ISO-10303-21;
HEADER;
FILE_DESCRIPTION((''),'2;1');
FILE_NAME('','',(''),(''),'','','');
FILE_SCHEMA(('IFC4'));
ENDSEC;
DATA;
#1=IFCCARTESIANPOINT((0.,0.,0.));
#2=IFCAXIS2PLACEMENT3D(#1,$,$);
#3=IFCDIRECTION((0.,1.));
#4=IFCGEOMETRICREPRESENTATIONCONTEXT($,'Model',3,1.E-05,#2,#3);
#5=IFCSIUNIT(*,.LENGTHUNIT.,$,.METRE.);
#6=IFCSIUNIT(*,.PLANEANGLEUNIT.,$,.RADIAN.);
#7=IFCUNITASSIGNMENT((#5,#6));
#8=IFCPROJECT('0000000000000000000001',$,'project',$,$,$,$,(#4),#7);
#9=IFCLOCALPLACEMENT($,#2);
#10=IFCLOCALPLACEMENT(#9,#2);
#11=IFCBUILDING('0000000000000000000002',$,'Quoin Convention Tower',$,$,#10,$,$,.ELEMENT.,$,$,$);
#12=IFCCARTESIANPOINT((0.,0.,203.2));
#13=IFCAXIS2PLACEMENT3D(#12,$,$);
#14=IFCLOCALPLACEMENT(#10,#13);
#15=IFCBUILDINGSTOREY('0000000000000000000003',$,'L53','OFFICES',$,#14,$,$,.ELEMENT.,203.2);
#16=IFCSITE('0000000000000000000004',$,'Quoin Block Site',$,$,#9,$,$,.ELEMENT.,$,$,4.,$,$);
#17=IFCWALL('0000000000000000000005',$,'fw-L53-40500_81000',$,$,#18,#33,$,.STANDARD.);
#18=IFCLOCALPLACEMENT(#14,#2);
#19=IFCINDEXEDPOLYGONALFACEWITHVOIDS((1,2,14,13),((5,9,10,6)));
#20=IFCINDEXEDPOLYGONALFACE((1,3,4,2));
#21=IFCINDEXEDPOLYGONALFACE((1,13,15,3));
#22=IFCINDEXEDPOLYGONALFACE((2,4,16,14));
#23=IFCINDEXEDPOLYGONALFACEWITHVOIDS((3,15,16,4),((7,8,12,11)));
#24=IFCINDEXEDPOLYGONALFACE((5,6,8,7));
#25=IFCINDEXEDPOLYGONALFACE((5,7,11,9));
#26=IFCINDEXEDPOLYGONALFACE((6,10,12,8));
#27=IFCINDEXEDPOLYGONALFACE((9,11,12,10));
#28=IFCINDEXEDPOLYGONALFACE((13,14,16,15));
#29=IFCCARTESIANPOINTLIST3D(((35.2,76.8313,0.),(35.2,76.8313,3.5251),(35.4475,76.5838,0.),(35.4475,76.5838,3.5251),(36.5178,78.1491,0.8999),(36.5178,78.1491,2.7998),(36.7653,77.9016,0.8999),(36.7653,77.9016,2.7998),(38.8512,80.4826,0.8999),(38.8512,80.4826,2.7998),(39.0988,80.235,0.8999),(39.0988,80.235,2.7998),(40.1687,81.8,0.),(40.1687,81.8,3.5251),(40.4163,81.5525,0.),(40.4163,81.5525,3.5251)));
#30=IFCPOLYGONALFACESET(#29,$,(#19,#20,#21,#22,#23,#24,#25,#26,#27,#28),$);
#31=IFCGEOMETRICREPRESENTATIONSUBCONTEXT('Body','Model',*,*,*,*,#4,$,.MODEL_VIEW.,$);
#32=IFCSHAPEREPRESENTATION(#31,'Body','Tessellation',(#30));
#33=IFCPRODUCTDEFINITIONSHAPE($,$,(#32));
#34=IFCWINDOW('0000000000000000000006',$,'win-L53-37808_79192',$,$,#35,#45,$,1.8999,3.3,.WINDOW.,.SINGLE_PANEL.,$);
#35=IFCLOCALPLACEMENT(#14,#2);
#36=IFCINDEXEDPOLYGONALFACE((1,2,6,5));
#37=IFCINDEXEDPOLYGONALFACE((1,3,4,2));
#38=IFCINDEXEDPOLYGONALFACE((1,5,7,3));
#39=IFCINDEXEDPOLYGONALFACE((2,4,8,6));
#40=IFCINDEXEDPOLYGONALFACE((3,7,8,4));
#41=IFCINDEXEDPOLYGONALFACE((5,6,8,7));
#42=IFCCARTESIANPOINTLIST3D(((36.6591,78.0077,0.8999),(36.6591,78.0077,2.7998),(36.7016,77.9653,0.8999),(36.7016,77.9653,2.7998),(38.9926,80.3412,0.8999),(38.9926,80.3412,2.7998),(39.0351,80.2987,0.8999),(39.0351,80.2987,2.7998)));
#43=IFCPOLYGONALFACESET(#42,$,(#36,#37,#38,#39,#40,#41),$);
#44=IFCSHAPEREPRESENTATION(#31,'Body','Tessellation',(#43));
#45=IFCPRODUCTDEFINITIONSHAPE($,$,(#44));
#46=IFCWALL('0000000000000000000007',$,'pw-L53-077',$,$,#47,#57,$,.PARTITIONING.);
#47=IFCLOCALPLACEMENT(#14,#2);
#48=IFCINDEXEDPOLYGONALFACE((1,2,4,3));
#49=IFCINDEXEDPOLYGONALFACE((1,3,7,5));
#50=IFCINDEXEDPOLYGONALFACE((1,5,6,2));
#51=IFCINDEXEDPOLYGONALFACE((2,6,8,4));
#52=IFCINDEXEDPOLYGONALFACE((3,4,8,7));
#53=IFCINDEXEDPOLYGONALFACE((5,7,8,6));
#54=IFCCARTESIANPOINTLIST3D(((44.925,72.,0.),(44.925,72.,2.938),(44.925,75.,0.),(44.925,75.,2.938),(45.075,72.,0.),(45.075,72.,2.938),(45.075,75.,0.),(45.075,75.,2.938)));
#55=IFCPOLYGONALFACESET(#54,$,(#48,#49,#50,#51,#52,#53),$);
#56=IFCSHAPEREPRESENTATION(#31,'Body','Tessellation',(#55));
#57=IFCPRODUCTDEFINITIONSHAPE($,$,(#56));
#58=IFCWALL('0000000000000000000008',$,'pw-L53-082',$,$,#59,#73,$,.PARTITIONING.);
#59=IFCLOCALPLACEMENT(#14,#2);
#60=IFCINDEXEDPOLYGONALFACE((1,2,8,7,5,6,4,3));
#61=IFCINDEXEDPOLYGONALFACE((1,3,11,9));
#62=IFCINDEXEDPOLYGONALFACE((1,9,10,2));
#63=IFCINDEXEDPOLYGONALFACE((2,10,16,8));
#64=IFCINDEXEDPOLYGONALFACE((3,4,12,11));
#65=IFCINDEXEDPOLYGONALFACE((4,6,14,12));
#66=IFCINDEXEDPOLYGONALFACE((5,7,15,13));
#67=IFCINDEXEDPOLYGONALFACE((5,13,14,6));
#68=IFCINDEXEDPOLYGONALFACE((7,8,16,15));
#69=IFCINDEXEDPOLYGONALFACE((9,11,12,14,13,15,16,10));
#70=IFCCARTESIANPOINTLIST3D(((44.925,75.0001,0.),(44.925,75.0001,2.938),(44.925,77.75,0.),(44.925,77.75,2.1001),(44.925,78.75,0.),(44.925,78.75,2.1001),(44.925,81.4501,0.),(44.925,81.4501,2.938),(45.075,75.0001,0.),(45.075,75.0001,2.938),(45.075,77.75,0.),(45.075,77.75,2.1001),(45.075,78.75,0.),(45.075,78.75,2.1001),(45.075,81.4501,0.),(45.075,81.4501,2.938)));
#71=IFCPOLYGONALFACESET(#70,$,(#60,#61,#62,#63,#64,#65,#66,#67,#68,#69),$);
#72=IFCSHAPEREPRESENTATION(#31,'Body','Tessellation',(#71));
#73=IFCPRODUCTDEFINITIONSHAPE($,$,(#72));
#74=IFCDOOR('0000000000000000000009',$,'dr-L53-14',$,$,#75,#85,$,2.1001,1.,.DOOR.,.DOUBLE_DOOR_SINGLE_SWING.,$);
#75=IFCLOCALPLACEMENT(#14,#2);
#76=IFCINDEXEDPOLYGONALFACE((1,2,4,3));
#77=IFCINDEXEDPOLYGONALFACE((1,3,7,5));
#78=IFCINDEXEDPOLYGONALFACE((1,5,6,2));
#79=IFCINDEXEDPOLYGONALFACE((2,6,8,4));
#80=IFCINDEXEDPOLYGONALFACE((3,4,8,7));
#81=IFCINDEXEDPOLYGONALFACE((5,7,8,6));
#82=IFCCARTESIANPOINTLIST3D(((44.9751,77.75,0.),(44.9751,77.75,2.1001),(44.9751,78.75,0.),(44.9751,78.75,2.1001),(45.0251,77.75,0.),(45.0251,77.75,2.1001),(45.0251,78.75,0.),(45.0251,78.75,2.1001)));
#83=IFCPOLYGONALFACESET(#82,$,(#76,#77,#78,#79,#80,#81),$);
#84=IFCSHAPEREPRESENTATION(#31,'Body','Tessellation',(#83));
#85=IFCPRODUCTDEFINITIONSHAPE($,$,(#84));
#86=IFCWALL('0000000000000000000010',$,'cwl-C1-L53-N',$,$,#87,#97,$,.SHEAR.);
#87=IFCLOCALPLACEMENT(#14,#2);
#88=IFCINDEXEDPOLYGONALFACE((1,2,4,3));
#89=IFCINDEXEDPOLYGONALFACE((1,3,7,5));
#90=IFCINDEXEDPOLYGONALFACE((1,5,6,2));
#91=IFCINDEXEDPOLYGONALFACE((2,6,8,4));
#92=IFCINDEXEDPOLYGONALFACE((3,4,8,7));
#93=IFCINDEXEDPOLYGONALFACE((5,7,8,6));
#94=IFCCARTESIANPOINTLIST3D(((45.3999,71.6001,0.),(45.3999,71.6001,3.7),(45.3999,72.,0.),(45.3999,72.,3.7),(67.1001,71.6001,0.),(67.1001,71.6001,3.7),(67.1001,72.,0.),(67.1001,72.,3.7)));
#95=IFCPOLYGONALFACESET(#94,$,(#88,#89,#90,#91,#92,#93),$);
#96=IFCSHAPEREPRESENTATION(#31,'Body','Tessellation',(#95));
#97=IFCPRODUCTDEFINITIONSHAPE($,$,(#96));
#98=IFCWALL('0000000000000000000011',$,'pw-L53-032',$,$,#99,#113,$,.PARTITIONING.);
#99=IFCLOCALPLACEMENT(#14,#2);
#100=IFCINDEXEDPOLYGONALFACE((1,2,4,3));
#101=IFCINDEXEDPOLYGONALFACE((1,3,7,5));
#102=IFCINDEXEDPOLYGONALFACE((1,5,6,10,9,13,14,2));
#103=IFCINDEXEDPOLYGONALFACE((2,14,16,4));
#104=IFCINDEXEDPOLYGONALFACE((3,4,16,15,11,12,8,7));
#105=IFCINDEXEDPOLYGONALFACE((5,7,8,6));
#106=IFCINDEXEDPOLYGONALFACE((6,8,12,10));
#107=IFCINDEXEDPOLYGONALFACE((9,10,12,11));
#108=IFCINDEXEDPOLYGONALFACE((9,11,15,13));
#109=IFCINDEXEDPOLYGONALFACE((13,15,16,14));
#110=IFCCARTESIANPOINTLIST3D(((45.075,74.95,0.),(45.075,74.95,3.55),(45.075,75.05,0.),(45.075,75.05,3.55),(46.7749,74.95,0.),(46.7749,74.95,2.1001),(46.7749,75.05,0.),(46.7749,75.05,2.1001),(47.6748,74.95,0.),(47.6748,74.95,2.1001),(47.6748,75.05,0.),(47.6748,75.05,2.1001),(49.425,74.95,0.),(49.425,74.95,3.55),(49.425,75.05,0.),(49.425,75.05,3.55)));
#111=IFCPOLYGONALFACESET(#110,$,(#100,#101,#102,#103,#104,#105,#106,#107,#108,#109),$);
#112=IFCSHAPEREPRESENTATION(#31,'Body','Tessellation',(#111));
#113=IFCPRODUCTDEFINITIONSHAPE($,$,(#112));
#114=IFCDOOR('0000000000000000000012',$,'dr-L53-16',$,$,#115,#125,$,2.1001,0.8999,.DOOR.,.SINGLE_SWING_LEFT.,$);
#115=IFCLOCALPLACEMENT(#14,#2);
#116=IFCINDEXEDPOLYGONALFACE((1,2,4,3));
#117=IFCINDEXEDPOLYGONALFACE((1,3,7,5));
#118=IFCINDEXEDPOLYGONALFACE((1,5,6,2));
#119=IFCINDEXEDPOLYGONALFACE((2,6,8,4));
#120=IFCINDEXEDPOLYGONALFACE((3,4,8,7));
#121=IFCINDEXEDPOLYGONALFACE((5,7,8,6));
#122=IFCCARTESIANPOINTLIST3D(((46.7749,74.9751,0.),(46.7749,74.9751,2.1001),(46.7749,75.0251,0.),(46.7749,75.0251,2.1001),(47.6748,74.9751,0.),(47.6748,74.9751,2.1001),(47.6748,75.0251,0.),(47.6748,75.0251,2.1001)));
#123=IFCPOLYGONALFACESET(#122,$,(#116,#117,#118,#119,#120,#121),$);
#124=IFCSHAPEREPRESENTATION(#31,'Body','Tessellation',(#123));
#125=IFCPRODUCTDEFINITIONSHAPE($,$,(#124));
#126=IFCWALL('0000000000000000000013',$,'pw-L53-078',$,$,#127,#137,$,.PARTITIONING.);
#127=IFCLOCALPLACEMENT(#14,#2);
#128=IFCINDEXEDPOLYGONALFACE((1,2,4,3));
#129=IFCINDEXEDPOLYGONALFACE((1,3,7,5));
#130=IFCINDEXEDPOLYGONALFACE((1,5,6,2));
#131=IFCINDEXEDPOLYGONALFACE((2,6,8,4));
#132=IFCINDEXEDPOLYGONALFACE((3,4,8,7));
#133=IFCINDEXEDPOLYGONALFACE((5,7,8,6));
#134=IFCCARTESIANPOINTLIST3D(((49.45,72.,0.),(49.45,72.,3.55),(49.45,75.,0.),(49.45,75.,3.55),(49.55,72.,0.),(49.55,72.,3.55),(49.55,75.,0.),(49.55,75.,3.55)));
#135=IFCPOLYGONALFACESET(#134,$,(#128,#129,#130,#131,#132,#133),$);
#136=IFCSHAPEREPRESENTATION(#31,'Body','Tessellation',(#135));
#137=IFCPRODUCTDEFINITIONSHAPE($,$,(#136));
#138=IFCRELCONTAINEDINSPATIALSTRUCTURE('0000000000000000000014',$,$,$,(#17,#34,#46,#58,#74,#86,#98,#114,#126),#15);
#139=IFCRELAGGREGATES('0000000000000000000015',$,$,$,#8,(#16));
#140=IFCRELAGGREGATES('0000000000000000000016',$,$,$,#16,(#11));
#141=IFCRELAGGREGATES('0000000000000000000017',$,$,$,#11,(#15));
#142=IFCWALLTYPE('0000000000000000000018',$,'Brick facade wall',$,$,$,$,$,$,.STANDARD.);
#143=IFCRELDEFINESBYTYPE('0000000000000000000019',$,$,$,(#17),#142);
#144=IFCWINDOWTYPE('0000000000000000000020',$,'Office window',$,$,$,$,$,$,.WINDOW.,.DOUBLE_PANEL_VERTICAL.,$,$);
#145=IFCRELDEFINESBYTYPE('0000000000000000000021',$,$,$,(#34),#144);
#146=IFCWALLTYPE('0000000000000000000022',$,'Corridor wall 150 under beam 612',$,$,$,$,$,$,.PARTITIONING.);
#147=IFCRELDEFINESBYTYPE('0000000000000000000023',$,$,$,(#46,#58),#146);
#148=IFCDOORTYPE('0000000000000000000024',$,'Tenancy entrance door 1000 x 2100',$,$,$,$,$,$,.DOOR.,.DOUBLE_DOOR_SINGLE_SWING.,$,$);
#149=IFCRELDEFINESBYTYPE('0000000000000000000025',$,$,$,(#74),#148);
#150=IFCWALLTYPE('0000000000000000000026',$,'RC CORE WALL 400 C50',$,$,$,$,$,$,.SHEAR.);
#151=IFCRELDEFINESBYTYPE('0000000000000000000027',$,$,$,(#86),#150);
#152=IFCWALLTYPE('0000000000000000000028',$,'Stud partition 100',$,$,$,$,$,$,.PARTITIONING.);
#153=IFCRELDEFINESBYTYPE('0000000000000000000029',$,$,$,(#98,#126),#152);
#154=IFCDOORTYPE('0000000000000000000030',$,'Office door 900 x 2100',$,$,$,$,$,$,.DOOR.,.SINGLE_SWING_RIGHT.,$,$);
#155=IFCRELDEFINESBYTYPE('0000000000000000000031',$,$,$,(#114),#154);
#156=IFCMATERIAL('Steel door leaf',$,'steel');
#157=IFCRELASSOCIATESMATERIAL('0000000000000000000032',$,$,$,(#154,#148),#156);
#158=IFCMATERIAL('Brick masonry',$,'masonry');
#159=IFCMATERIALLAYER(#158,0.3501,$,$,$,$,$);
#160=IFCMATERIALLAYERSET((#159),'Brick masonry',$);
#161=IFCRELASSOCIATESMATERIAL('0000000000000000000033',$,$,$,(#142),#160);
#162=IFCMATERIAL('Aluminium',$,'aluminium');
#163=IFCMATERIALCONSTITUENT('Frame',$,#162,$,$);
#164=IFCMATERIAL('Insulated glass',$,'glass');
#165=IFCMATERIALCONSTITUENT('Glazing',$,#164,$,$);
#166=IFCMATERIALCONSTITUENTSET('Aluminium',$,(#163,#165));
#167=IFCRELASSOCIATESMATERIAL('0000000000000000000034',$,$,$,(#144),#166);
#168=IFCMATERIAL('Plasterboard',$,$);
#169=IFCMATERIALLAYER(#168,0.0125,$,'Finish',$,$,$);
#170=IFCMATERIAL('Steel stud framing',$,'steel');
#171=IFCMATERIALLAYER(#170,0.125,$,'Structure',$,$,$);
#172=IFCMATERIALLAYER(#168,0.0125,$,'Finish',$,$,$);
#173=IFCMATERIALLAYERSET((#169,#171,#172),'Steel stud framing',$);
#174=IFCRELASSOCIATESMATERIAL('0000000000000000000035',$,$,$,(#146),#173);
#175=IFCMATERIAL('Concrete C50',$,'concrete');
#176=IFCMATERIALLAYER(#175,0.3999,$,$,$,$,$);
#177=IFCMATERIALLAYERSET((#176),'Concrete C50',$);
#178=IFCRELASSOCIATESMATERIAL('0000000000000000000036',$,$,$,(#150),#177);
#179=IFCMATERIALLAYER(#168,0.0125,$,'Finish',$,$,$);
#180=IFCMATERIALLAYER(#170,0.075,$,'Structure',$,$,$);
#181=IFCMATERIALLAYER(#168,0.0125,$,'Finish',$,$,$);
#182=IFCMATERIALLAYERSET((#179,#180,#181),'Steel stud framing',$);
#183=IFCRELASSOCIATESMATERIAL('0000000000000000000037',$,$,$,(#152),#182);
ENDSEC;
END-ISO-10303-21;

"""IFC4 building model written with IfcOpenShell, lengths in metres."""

from ifc_helpers import new_model, si_unit, direction, frame, frame_2d, origin, place, context, subcontext, project, spatial, rectangle, extrude, material, layer, layer_set, constituent, constituent_set, type_object, element, fill, save


model = new_model("IFC4")

# Units and contexts
model_context = context("Model", 3, precision=1e-05, world=origin(), true_north=direction((0.0, 1.0)))
body_context = subcontext(model_context, "Body", "Model", "MODEL_VIEW")
ifc_project = project(units=[si_unit("LENGTHUNIT", "METRE"), si_unit("PLANEANGLEUNIT", "RADIAN")], contexts=[model_context])

# Site, building, storey
site_placement = place(None, origin())
site = spatial("IfcSite", under=ifc_project, at=site_placement, Name="Quoin Block Site", CompositionType="ELEMENT", RefElevation=4.0)
building_placement = place(site_placement, origin())
building = spatial("IfcBuilding", under=site, at=building_placement, Name="Quoin Convention Tower", CompositionType="ELEMENT")
storey_placement = place(building_placement, frame((0.0, 0.0, 203.2)))
storey = spatial("IfcBuildingStorey", under=building, at=storey_placement, Name="L53", Description="OFFICES", CompositionType="ELEMENT", Elevation=203.2)

# Shared definitions
ifc_material_1 = material(Name="Concrete C50", Category="concrete")

# Shared definitions
ifc_material_2 = material(Name="Plasterboard")
ifc_material_3 = material(Name="Steel stud framing", Category="steel")
ifc_material_4 = material(Name="Steel door leaf", Category="steel")
door_type_1 = type_object("IfcDoorType", Name="Office door 900 x 2100", OperationType="SINGLE_SWING_RIGHT", PredefinedType="DOOR", material=ifc_material_4)

# Wall, opening, window
ifc_material_5 = material(Name="Brick masonry", Category="masonry")
ifc_layer_1 = layer(ifc_material_5, 0.3501)
ifc_layer_set_1 = layer_set([ifc_layer_1], Name="Brick masonry")
wall_type_1 = type_object("IfcWallType", Name="Brick facade wall", PredefinedType="STANDARD", material=ifc_layer_set_1)
wall_1_placement = place(storey_placement, frame((40.2925, 81.6763, 0.0), z_axis=(0.0, 0.0, 1.0), x_axis=(-0.707107, -0.707107, 0.0)))
wall_1 = element("IfcWall", 1, at=wall_1_placement, inside=storey, type_object=wall_type_1, Name="fw-L53-40500_81000", PredefinedType="STANDARD", context=body_context, shape_type="SweptSolid", body=[
    extrude(rectangle(XDim=7.0269, YDim=0.3501, at=frame_2d((3.5134, 0.0))), origin(), (0.0, 0.0, 1.0), 3.5251),
])
opening_1_placement = place(wall_1_placement, frame((1.8633, 0.0, 0.8999)))
opening_1 = element("IfcOpeningElement", 2, at=opening_1_placement, cuts=wall_1, PredefinedType="OPENING", context=body_context, shape_type="SweptSolid", body=[
    extrude(rectangle(XDim=3.3, YDim=1.8999, at=frame_2d((1.6499, 0.95))), frame((0.0, 0.1851, 0.0), z_axis=(0.0, -1.0, 0.0), x_axis=(1.0, 0.0, 0.0)), (0.0, 0.0, 1.0), 0.3701),
])
ifc_material_6 = material(Name="Aluminium", Category="aluminium")
ifc_constituent_1 = constituent(ifc_material_6, Name="Frame")
ifc_material_7 = material(Name="Insulated glass", Category="glass")
ifc_constituent_2 = constituent(ifc_material_7, Name="Glazing")
ifc_constituent_set = constituent_set(constituents=[ifc_constituent_1, ifc_constituent_2], Name="Aluminium")
window_type = type_object("IfcWindowType", Name="Office window", PartitioningType="DOUBLE_PANEL_VERTICAL", PredefinedType="WINDOW", material=ifc_constituent_set)
window_placement = place(opening_1_placement, origin())
window = element("IfcWindow", 3, at=window_placement, inside=storey, type_object=window_type, Name="win-L53-37808_79192", OverallHeight=1.8999, OverallWidth=3.3, PartitioningType="SINGLE_PANEL", PredefinedType="WINDOW", context=body_context, shape_type="SweptSolid", body=[
    extrude(rectangle(XDim=3.3, YDim=1.8999, at=frame_2d((1.6499, 0.95))), frame((0.0, 0.085, 0.0), z_axis=(0.0, -1.0, 0.0), x_axis=(1.0, 0.0, 0.0)), (0.0, 0.0, 1.0), 0.0601),
])
fill(opening_1, window)

# Wall
ifc_layer_2 = layer(ifc_material_2, 0.0125, Name="Finish")
ifc_layer_3 = layer(ifc_material_3, 0.125, Name="Structure")
ifc_layer_4 = layer(ifc_material_2, 0.0125, Name="Finish")
ifc_layer_set_2 = layer_set([ifc_layer_2, ifc_layer_3, ifc_layer_4], Name="Steel stud framing")
wall_type_2 = type_object("IfcWallType", Name="Corridor wall 150 under beam 612", PredefinedType="PARTITIONING", material=ifc_layer_set_2)
wall_2_placement = place(storey_placement, frame((45.0, 72.0, 0.0), z_axis=(0.0, 0.0, 1.0), x_axis=(0.0, 1.0, 0.0)))
element("IfcWall", 4, at=wall_2_placement, inside=storey, type_object=wall_type_2, Name="pw-L53-077", PredefinedType="PARTITIONING", context=body_context, shape_type="SweptSolid", body=[
    extrude(rectangle(XDim=3.0, YDim=0.1499, at=frame_2d((1.5, 0.0))), origin(), (0.0, 0.0, 1.0), 2.938),
])

# Wall, opening, door
wall_3_placement = place(storey_placement, frame((45.0, 75.0, 0.0), z_axis=(0.0, 0.0, 1.0), x_axis=(0.0, 1.0, 0.0)))
wall_3 = element("IfcWall", 5, at=wall_3_placement, inside=storey, type_object=wall_type_2, Name="pw-L53-082", PredefinedType="PARTITIONING", context=body_context, shape_type="SweptSolid", body=[
    extrude(rectangle(XDim=6.45, YDim=0.1499, at=frame_2d((3.2251, 0.0))), origin(), (0.0, 0.0, 1.0), 2.938),
])
opening_2_placement = place(wall_3_placement, frame((2.75, 0.0, 0.0)))
opening_2 = element("IfcOpeningElement", 6, at=opening_2_placement, cuts=wall_3, PredefinedType="OPENING", context=body_context, shape_type="SweptSolid", body=[
    extrude(rectangle(XDim=1.0, YDim=2.1001, at=frame_2d((0.5, 1.05))), frame((0.0, 0.085, 0.0), z_axis=(0.0, -1.0, 0.0), x_axis=(1.0, 0.0, 0.0)), (0.0, 0.0, 1.0), 0.1699),
])
door_type_2 = type_object("IfcDoorType", Name="Tenancy entrance door 1000 x 2100", OperationType="DOUBLE_DOOR_SINGLE_SWING", PredefinedType="DOOR", material=ifc_material_4)
door_1_placement = place(opening_2_placement, origin())
door_1 = element("IfcDoor", 7, at=door_1_placement, inside=storey, type_object=door_type_2, Name="dr-L53-14", OperationType="DOUBLE_DOOR_SINGLE_SWING", OverallHeight=2.1001, OverallWidth=1.0, PredefinedType="DOOR", context=body_context, shape_type="SweptSolid", body=[
    extrude(rectangle(XDim=1.0, YDim=2.1001, at=frame_2d((0.5, 1.05))), frame((0.0, 0.0249, 0.0), z_axis=(0.0, -1.0, 0.0), x_axis=(1.0, 0.0, 0.0)), (0.0, 0.0, 1.0), 0.05),
])
fill(opening_2, door_1)

# Wall
ifc_layer_5 = layer(ifc_material_1, 0.3999)
ifc_layer_set_3 = layer_set([ifc_layer_5], Name="Concrete C50")
wall_type_3 = type_object("IfcWallType", Name="RC CORE WALL 400 C50", PredefinedType="SHEAR", material=ifc_layer_set_3)
wall_4_placement = place(storey_placement, frame((45.3999, 71.8, 0.0), z_axis=(0.0, 0.0, 1.0), x_axis=(1.0, 0.0, 0.0)))
element("IfcWall", 8, at=wall_4_placement, inside=storey, type_object=wall_type_3, Name="cwl-C1-L53-N", PredefinedType="SHEAR", context=body_context, shape_type="SweptSolid", body=[
    extrude(rectangle(XDim=21.7002, YDim=0.3999, at=frame_2d((10.8501, 0.0))), origin(), (0.0, 0.0, 1.0), 3.7),
])

# Wall, opening, door
ifc_layer_6 = layer(ifc_material_2, 0.0125, Name="Finish")
ifc_layer_7 = layer(ifc_material_3, 0.075, Name="Structure")
ifc_layer_8 = layer(ifc_material_2, 0.0125, Name="Finish")
ifc_layer_set_4 = layer_set([ifc_layer_6, ifc_layer_7, ifc_layer_8], Name="Steel stud framing")
wall_type_4 = type_object("IfcWallType", Name="Stud partition 100", PredefinedType="PARTITIONING", material=ifc_layer_set_4)
wall_5_placement = place(storey_placement, frame((45.075, 75.0, 0.0), z_axis=(0.0, 0.0, 1.0), x_axis=(1.0, 0.0, 0.0)))
wall_5 = element("IfcWall", 9, at=wall_5_placement, inside=storey, type_object=wall_type_4, Name="pw-L53-032", PredefinedType="PARTITIONING", context=body_context, shape_type="SweptSolid", body=[
    extrude(rectangle(XDim=4.3501, YDim=0.1001, at=frame_2d((2.175, 0.0))), origin(), (0.0, 0.0, 1.0), 3.55),
])
opening_3_placement = place(wall_5_placement, frame((1.7, 0.0, 0.0)))
opening_3 = element("IfcOpeningElement", 10, at=opening_3_placement, cuts=wall_5, PredefinedType="OPENING", context=body_context, shape_type="SweptSolid", body=[
    extrude(rectangle(XDim=0.8999, YDim=2.1001, at=frame_2d((0.45, 1.05))), frame((0.0, 0.0601, 0.0), z_axis=(0.0, -1.0, 0.0), x_axis=(1.0, 0.0, 0.0)), (0.0, 0.0, 1.0), 0.1201),
])
door_2_placement = place(opening_3_placement, frame((0.8999, 0.0, 0.0), z_axis=(0.0, 0.0, 1.0), x_axis=(-1.0, 0.0, 0.0)))
door_2 = element("IfcDoor", 11, at=door_2_placement, inside=storey, type_object=door_type_1, Name="dr-L53-16", OperationType="SINGLE_SWING_LEFT", OverallHeight=2.1001, OverallWidth=0.8999, PredefinedType="DOOR", context=body_context, shape_type="SweptSolid", body=[
    extrude(rectangle(XDim=0.8999, YDim=2.1001, at=frame_2d((0.45, 1.05))), frame((0.0, 0.0249, 0.0), z_axis=(0.0, -1.0, 0.0), x_axis=(1.0, 0.0, 0.0)), (0.0, 0.0, 1.0), 0.05),
])
fill(opening_3, door_2)

# Wall
wall_6_placement = place(storey_placement, frame((49.5, 72.0, 0.0), z_axis=(0.0, 0.0, 1.0), x_axis=(0.0, 1.0, 0.0)))
element("IfcWall", 12, at=wall_6_placement, inside=storey, type_object=wall_type_4, Name="pw-L53-078", PredefinedType="PARTITIONING", context=body_context, shape_type="SweptSolid", body=[
    extrude(rectangle(XDim=3.0, YDim=0.1001, at=frame_2d((1.5, 0.0))), origin(), (0.0, 0.0, 1.0), 3.55),
])

save(model, "model.ifc")
